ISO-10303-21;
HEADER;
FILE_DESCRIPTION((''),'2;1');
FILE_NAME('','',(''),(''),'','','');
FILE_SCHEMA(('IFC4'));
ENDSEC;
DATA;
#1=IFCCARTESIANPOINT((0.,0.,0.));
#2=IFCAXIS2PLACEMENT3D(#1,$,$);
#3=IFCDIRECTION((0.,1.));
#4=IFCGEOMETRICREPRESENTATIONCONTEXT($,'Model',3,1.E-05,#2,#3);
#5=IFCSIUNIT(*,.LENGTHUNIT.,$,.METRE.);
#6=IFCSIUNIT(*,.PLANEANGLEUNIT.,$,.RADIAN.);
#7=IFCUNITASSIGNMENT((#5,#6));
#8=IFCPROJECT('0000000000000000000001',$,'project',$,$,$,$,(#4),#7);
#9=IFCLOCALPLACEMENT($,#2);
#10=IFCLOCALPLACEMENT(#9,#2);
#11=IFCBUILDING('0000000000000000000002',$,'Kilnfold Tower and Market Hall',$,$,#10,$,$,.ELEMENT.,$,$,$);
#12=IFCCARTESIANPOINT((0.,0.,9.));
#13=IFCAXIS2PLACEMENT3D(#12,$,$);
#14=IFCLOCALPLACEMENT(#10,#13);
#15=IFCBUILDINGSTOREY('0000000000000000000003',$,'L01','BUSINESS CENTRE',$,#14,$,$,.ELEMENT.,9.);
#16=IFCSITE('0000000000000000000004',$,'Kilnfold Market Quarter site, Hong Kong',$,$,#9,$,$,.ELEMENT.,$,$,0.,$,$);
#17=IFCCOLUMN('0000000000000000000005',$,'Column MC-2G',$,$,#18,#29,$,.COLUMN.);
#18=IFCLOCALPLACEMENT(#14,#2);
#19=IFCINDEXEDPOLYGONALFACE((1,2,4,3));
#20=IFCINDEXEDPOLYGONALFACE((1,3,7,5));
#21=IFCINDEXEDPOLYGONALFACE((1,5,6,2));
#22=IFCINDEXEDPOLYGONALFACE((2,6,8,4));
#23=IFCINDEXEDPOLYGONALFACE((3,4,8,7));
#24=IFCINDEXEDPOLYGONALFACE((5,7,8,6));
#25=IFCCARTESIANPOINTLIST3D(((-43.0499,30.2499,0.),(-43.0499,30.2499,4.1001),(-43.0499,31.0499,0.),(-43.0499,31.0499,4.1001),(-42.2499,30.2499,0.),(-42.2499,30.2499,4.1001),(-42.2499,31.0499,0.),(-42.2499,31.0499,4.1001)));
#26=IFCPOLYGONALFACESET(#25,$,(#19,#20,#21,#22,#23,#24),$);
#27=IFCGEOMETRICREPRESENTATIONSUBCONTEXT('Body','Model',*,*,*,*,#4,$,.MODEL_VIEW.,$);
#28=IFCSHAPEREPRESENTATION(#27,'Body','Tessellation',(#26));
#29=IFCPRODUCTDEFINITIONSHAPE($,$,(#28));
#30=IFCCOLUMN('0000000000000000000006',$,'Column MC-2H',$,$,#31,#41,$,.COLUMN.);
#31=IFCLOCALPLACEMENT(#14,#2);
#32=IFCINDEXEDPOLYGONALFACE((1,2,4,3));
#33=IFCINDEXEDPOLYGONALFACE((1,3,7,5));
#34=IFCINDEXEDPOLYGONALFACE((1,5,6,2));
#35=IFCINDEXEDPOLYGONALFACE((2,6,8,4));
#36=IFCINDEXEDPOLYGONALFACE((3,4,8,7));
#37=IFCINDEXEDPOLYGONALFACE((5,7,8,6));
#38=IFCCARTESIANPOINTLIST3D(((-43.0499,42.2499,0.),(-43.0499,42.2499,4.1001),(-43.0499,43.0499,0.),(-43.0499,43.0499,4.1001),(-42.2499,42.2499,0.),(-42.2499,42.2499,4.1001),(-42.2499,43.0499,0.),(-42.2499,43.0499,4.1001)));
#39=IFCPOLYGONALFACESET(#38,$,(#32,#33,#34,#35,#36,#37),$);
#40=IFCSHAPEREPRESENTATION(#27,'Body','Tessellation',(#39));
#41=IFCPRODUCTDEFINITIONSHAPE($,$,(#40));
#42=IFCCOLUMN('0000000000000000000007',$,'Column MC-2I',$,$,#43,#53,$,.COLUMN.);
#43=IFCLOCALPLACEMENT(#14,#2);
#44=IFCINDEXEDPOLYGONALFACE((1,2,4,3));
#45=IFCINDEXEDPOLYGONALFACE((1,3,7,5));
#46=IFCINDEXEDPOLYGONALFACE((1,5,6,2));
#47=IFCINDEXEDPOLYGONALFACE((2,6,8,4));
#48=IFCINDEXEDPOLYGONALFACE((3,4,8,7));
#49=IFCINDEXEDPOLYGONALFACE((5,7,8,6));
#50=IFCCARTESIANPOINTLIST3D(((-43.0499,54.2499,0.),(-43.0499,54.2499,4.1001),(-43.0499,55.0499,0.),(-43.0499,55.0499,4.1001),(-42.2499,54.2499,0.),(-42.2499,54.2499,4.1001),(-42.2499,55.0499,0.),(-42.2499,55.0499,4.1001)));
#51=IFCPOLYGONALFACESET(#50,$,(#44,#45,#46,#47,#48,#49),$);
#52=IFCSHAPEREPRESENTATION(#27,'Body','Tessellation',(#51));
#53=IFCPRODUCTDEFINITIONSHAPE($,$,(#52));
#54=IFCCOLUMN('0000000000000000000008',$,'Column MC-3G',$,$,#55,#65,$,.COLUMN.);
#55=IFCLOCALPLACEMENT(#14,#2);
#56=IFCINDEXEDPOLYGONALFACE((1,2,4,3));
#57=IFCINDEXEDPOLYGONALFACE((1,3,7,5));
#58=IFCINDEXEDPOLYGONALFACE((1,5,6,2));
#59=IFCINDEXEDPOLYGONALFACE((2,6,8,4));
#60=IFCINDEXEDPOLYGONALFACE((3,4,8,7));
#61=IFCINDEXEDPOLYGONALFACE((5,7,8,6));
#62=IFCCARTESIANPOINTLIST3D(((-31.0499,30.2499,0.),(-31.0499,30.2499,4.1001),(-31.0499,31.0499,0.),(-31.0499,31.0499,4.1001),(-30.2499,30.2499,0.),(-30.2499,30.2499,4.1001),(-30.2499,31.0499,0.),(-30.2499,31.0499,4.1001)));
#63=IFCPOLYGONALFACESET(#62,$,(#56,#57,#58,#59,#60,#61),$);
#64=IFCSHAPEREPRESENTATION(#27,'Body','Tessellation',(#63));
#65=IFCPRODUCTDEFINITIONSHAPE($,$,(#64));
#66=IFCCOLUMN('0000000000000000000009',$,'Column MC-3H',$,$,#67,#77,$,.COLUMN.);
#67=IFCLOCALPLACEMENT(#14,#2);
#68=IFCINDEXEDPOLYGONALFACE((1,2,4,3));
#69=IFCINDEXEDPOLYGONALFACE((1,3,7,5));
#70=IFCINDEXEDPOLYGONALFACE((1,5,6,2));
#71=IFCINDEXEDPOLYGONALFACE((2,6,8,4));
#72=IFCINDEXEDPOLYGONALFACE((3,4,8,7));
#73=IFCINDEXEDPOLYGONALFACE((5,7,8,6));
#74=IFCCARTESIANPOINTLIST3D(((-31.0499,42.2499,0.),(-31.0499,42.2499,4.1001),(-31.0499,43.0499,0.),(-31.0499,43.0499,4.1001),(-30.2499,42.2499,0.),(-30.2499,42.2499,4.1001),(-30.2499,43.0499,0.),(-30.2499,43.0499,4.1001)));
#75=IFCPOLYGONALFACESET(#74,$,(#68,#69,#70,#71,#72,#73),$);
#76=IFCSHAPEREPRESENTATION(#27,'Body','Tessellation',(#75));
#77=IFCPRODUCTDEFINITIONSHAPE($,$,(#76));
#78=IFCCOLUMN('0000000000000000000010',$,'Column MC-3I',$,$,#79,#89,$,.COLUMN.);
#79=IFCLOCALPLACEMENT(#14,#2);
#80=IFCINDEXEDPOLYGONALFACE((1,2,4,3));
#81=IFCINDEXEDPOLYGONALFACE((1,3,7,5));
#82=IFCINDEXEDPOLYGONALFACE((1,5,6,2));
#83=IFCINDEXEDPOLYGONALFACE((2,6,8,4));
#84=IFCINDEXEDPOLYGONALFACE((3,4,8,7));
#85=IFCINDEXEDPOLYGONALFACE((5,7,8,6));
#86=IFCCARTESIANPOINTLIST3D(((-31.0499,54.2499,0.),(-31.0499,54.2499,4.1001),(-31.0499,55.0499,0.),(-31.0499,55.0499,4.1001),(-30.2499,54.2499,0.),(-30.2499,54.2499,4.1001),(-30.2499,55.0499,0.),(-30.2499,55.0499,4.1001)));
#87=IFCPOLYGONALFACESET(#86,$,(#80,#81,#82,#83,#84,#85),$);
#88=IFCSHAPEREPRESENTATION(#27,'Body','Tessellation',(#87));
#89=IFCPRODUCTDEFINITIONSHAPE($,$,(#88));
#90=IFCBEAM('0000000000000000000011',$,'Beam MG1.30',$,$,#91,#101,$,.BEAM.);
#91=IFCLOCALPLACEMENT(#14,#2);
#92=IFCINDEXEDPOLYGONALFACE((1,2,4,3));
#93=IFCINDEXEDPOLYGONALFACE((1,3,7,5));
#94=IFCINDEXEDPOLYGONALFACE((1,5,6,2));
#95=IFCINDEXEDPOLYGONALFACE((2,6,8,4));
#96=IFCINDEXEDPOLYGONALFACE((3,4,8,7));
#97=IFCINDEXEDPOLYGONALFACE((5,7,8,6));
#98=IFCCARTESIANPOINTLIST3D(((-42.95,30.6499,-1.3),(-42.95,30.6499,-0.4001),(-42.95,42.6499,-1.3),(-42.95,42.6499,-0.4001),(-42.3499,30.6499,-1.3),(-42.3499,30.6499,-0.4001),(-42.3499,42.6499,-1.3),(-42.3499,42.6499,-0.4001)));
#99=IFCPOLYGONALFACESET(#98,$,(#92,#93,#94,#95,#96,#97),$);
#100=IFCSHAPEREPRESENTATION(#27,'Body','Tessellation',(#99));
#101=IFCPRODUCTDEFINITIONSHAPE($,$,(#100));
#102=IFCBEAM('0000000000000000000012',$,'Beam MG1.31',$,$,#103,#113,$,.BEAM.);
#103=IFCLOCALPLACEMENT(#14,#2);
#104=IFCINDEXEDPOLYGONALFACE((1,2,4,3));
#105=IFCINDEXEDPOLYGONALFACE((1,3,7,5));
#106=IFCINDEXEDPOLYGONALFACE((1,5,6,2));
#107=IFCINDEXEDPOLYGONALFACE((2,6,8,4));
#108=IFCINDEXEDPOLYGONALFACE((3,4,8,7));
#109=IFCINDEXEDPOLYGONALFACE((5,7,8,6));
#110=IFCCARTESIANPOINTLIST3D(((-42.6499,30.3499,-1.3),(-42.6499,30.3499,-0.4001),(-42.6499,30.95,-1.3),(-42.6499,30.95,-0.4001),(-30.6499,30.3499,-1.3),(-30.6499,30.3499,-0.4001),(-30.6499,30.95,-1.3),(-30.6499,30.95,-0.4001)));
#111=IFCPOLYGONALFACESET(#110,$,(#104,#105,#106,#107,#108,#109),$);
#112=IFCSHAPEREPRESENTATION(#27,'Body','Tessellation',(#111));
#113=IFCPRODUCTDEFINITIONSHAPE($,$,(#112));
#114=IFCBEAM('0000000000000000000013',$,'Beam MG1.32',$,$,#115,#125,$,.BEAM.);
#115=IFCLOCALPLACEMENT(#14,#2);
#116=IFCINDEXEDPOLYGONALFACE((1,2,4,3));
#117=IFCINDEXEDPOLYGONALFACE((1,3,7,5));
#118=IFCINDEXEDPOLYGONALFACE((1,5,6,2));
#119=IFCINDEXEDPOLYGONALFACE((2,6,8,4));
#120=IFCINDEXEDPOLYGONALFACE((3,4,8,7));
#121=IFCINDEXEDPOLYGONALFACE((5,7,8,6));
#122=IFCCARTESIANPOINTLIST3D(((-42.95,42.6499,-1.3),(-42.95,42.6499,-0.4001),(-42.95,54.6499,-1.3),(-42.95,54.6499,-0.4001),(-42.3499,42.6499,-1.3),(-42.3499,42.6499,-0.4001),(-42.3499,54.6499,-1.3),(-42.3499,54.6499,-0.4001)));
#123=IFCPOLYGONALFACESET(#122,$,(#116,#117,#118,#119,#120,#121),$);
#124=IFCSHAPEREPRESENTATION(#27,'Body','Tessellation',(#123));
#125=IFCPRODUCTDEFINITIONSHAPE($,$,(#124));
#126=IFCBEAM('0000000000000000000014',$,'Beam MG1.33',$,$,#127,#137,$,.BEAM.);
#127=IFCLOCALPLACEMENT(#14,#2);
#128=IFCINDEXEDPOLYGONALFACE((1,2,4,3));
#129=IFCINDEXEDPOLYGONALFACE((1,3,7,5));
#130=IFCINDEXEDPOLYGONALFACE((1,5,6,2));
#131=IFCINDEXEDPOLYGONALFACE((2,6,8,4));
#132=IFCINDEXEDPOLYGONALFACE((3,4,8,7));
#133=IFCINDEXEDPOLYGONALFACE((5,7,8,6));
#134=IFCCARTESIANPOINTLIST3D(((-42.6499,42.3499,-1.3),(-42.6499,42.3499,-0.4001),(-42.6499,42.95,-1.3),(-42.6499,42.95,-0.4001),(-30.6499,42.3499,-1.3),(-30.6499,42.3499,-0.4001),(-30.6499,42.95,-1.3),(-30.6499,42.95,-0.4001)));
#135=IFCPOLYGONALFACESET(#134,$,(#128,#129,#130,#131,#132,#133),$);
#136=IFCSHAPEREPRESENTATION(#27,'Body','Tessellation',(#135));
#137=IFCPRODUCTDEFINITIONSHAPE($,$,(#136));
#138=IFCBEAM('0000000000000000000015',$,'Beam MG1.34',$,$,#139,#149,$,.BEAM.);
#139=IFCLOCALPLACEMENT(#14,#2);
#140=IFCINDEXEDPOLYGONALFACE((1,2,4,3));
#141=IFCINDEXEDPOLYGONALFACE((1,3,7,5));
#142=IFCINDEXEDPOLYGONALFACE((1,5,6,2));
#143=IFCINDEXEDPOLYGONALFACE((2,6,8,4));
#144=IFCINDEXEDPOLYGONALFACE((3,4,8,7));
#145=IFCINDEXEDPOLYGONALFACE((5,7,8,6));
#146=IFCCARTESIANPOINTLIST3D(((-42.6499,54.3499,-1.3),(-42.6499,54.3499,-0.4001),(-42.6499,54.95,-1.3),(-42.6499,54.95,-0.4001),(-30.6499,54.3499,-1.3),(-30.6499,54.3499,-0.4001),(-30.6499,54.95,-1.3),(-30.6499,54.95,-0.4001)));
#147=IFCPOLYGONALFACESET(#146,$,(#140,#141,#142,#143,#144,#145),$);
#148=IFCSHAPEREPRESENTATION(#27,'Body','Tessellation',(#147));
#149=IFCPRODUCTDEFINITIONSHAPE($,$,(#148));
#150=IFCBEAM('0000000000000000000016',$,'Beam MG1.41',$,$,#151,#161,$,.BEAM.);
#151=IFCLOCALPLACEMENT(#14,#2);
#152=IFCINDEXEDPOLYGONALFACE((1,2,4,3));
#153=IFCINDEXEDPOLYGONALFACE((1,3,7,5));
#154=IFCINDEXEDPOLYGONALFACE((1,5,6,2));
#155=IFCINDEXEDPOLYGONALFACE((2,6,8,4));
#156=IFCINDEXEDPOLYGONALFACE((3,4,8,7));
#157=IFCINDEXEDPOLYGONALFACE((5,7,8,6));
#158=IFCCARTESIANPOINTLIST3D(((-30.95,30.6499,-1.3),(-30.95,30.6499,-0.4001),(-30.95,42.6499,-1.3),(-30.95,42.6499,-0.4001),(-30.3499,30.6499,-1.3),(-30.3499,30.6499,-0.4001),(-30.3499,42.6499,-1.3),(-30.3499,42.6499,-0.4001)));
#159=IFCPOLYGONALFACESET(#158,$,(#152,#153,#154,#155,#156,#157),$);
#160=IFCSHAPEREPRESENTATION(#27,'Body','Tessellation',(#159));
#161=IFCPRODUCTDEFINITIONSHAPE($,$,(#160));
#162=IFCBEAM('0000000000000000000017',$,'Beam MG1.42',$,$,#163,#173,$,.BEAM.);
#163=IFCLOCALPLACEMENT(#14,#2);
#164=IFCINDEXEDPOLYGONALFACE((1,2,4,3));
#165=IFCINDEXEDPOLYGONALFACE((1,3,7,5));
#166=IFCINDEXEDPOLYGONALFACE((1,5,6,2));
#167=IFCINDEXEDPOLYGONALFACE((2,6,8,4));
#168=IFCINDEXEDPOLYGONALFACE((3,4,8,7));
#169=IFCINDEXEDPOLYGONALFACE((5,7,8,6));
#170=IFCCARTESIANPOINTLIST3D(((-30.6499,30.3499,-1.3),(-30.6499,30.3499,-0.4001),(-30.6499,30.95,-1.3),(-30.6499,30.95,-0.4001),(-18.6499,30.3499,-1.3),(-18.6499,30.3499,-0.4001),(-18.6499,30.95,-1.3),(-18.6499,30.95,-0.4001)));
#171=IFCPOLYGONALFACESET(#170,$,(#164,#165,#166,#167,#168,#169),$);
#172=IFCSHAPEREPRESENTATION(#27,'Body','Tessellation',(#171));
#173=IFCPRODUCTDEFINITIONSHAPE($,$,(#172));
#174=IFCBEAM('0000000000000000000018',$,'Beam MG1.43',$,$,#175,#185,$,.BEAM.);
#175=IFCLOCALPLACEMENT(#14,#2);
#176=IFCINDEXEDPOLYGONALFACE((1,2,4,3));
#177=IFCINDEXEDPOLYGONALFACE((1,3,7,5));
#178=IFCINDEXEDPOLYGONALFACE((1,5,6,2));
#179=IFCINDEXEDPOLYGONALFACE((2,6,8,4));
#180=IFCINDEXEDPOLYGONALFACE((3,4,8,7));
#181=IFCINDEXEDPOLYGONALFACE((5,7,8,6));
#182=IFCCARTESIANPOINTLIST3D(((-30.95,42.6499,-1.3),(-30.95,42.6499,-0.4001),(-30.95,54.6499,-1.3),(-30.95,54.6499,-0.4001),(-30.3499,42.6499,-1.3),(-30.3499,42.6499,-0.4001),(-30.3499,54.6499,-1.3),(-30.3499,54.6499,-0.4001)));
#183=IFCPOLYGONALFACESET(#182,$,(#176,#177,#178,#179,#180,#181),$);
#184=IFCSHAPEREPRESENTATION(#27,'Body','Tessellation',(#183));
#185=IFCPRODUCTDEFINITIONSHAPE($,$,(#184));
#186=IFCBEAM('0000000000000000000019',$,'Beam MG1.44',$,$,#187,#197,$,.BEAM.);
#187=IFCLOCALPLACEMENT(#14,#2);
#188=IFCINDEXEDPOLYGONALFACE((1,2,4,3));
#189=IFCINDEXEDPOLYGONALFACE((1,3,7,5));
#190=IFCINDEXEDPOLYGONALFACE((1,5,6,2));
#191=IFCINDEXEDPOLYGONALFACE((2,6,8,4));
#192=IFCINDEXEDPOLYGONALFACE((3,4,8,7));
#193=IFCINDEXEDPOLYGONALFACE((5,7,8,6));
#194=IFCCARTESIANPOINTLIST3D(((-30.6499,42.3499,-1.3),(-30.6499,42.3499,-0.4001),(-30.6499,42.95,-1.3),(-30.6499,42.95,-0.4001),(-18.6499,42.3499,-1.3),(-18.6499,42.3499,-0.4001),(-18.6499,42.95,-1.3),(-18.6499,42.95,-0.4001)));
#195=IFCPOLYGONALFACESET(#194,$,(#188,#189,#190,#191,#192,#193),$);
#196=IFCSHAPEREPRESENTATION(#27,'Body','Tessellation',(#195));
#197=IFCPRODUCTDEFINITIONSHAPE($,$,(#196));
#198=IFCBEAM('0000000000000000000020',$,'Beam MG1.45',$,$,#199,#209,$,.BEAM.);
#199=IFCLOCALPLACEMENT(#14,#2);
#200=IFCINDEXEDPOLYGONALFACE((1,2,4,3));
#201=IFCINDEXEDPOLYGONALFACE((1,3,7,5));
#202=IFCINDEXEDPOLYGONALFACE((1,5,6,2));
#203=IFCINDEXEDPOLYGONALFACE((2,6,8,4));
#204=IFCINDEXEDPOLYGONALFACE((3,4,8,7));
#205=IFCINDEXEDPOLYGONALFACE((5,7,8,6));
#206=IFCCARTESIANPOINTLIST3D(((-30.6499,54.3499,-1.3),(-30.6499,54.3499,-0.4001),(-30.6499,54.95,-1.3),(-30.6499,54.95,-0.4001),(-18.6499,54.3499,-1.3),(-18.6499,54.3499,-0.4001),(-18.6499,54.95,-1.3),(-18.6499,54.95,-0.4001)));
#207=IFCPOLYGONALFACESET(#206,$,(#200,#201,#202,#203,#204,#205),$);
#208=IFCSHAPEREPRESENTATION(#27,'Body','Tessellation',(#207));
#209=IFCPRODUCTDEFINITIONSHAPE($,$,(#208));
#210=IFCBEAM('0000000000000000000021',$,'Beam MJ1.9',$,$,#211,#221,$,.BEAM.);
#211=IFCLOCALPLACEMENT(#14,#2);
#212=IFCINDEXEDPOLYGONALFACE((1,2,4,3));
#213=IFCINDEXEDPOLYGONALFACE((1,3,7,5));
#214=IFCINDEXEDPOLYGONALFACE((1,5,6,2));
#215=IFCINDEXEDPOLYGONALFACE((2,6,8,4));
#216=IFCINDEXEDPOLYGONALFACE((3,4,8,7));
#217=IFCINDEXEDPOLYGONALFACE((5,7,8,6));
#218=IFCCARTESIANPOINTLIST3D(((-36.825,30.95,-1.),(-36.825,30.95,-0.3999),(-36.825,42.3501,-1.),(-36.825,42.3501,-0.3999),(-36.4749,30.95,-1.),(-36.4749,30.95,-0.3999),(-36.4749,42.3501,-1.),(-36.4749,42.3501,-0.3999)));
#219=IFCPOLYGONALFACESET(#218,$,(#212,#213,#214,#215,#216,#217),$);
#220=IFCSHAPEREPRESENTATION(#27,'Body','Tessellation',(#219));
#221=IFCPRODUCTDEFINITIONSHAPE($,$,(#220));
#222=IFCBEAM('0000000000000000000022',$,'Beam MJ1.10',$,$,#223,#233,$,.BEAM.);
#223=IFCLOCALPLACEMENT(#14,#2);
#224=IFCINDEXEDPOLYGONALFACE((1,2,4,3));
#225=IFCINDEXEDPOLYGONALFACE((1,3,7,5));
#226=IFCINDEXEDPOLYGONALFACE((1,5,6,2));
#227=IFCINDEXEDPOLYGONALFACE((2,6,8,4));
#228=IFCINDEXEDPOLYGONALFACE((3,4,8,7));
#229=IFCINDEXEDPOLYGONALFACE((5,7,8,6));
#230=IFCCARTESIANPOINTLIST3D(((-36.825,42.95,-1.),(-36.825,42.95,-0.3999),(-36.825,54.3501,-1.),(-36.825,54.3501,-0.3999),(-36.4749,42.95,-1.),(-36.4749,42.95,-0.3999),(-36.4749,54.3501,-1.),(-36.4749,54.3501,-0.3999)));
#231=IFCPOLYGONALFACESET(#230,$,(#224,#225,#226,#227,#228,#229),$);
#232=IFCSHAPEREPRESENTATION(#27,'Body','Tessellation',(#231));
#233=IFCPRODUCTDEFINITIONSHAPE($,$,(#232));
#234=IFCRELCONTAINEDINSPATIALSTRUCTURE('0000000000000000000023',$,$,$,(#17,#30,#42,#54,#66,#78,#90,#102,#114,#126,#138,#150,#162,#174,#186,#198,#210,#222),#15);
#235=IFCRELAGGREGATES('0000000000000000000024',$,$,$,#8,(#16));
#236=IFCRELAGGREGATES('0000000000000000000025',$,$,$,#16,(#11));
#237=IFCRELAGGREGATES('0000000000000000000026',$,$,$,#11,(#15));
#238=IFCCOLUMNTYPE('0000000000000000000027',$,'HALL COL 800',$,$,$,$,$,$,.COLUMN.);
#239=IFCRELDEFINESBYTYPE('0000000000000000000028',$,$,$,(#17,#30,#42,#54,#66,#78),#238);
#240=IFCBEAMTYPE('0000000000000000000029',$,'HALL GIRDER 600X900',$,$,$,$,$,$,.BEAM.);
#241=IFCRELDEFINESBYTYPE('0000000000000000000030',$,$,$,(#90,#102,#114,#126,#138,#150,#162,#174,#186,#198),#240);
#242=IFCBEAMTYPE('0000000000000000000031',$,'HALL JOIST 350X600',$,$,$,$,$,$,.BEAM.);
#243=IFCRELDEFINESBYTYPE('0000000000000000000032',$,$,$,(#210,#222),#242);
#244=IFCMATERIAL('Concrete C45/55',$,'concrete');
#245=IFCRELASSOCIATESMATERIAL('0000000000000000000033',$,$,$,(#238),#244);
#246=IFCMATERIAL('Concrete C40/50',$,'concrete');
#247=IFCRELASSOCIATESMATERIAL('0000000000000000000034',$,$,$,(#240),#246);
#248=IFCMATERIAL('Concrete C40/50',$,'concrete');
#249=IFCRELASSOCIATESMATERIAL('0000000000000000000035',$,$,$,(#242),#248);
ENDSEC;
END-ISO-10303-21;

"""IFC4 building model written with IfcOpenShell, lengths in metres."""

from ifc_helpers import new_model, si_unit, direction, frame, origin, origin_2d, place, context, subcontext, project, spatial, rectangle, extrude, source, transform, mapped, material, material_profile, profile_set, type_object, element, save


model = new_model("IFC4")

# Units and contexts
model_context = context("Model", 3, precision=1e-05, world=origin(), true_north=direction((0.0, 1.0)))
body_context = subcontext(model_context, "Body", "Model", "MODEL_VIEW")
ifc_project = project(units=[si_unit("LENGTHUNIT", "METRE"), si_unit("PLANEANGLEUNIT", "RADIAN")], contexts=[model_context])

# Site, building, storey
site_placement = place(None, origin())
site = spatial("IfcSite", under=ifc_project, at=site_placement, Name="Kilnfold Market Quarter site, Hong Kong", CompositionType="ELEMENT", RefElevation=0.0)
building_placement = place(site_placement, origin())
building = spatial("IfcBuilding", under=site, at=building_placement, Name="Kilnfold Tower and Market Hall", CompositionType="ELEMENT")
storey_placement = place(building_placement, frame((0.0, 0.0, 9.0)))
storey = spatial("IfcBuildingStorey", under=building, at=storey_placement, Name="L01", Description="BUSINESS CENTRE", CompositionType="ELEMENT", Elevation=9.0)

# Columns
ifc_material_1 = material(Name="Concrete C45/55", Category="concrete")
ifc_material_profile_1 = material_profile(ifc_material_1, rectangle(XDim=0.8, YDim=0.8, at=origin_2d()), Name="RC 800x800")
ifc_profile_set_1 = profile_set([ifc_material_profile_1], Name="Concrete C45/55")
column_type = type_object("IfcColumnType", Name="HALL COL 800", PredefinedType="COLUMN", material=ifc_profile_set_1)
shared_shape_1 = source(origin(), body_context, "Body", "SweptSolid", [
    extrude(rectangle(XDim=0.8, YDim=0.8, at=origin_2d()), origin(), (0.0, 0.0, 1.0), 4.1001),
])
for number, where, z_axis, x_axis, name in (
    (1, (-42.6499, 30.6499, 0.0), (0.0, 0.0, 1.0), (1.0, 0.0, 0.0), "Column MC-2G"),
    (2, (-42.6499, 42.6499, 0.0), (0.0, 0.0, 1.0), (1.0, 0.0, 0.0), "Column MC-2H"),
    (3, (-42.6499, 54.6499, 0.0), (0.0, 0.0, 1.0), (1.0, 0.0, 0.0), "Column MC-2I"),
    (4, (-30.6499, 30.6499, 0.0), (0.0, 0.0, 1.0), (1.0, 0.0, 0.0), "Column MC-3G"),
    (5, (-30.6499, 42.6499, 0.0), (0.0, 0.0, 1.0), (1.0, 0.0, 0.0), "Column MC-3H"),
    (6, (-30.6499, 54.6499, 0.0), (0.0, 0.0, 1.0), (1.0, 0.0, 0.0), "Column MC-3I"),
):
    element("IfcColumn", number, at=place(storey_placement, frame(where, z_axis=z_axis, x_axis=x_axis)), inside=storey, type_object=column_type, Name=name, PredefinedType="COLUMN", context=body_context, shape_type="MappedRepresentation", body=[
        mapped(shared_shape_1, transform((0.0, 0.0, 0.0))),
    ])

# Beams
ifc_material_2 = material(Name="Concrete C40/50", Category="concrete")
ifc_material_profile_2 = material_profile(ifc_material_2, rectangle(XDim=0.6001, YDim=0.8999, at=origin_2d()), Name="RC 600x900")
ifc_profile_set_2 = profile_set([ifc_material_profile_2], Name="Concrete C40/50")
beam_type_1 = type_object("IfcBeamType", Name="HALL GIRDER 600X900", PredefinedType="BEAM", material=ifc_profile_set_2)
for number, where, z_axis, x_axis, name in (
    (7, (-42.6499, 30.6499, -0.8501), (0.0, 1.0, 0.0), (-1.0, 0.0, 0.0), "Beam MG1.30"),
    (8, (-42.6499, 30.6499, -0.8501), (1.0, 0.0, 0.0), (0.0, 1.0, 0.0), "Beam MG1.31"),
    (9, (-42.6499, 42.6499, -0.8501), (0.0, 1.0, 0.0), (-1.0, 0.0, 0.0), "Beam MG1.32"),
    (10, (-42.6499, 42.6499, -0.8501), (1.0, 0.0, 0.0), (0.0, 1.0, 0.0), "Beam MG1.33"),
    (11, (-42.6499, 54.6499, -0.8501), (1.0, 0.0, 0.0), (0.0, 1.0, 0.0), "Beam MG1.34"),
    (12, (-30.6499, 30.6499, -0.8501), (0.0, 1.0, 0.0), (-1.0, 0.0, 0.0), "Beam MG1.41"),
    (13, (-30.6499, 30.6499, -0.8501), (1.0, 0.0, 0.0), (0.0, 1.0, 0.0), "Beam MG1.42"),
    (14, (-30.6499, 42.6499, -0.8501), (0.0, 1.0, 0.0), (-1.0, 0.0, 0.0), "Beam MG1.43"),
    (15, (-30.6499, 42.6499, -0.8501), (1.0, 0.0, 0.0), (0.0, 1.0, 0.0), "Beam MG1.44"),
    (16, (-30.6499, 54.6499, -0.8501), (1.0, 0.0, 0.0), (0.0, 1.0, 0.0), "Beam MG1.45"),
):
    element("IfcBeam", number, at=place(storey_placement, frame(where, z_axis=z_axis, x_axis=x_axis)), inside=storey, type_object=beam_type_1, Name=name, PredefinedType="BEAM", context=body_context, shape_type="SweptSolid", body=[
        extrude(rectangle(XDim=0.6001, YDim=0.8999, at=origin_2d()), origin(), (0.0, 0.0, 1.0), 12.0),
    ])
ifc_material_3 = material(Name="Concrete C40/50", Category="concrete")
ifc_material_profile_3 = material_profile(ifc_material_3, rectangle(XDim=0.3501, YDim=0.6001, at=origin_2d()), Name="RC 350x600")
ifc_profile_set_3 = profile_set([ifc_material_profile_3], Name="Concrete C40/50")
beam_type_2 = type_object("IfcBeamType", Name="HALL JOIST 350X600", PredefinedType="BEAM", material=ifc_profile_set_3)
for number, where, z_axis, x_axis, name in (
    (17, (-36.6499, 30.95, -0.7), (0.0, 1.0, 0.0), (-1.0, 0.0, 0.0), "Beam MJ1.9"),
    (18, (-36.6499, 42.95, -0.7), (0.0, 1.0, 0.0), (-1.0, 0.0, 0.0), "Beam MJ1.10"),
):
    element("IfcBeam", number, at=place(storey_placement, frame(where, z_axis=z_axis, x_axis=x_axis)), inside=storey, type_object=beam_type_2, Name=name, PredefinedType="BEAM", context=body_context, shape_type="SweptSolid", body=[
        extrude(rectangle(XDim=0.3501, YDim=0.6001, at=origin_2d()), origin(), (0.0, 0.0, 1.0), 11.4001),
    ])

save(model, "model.ifc")
